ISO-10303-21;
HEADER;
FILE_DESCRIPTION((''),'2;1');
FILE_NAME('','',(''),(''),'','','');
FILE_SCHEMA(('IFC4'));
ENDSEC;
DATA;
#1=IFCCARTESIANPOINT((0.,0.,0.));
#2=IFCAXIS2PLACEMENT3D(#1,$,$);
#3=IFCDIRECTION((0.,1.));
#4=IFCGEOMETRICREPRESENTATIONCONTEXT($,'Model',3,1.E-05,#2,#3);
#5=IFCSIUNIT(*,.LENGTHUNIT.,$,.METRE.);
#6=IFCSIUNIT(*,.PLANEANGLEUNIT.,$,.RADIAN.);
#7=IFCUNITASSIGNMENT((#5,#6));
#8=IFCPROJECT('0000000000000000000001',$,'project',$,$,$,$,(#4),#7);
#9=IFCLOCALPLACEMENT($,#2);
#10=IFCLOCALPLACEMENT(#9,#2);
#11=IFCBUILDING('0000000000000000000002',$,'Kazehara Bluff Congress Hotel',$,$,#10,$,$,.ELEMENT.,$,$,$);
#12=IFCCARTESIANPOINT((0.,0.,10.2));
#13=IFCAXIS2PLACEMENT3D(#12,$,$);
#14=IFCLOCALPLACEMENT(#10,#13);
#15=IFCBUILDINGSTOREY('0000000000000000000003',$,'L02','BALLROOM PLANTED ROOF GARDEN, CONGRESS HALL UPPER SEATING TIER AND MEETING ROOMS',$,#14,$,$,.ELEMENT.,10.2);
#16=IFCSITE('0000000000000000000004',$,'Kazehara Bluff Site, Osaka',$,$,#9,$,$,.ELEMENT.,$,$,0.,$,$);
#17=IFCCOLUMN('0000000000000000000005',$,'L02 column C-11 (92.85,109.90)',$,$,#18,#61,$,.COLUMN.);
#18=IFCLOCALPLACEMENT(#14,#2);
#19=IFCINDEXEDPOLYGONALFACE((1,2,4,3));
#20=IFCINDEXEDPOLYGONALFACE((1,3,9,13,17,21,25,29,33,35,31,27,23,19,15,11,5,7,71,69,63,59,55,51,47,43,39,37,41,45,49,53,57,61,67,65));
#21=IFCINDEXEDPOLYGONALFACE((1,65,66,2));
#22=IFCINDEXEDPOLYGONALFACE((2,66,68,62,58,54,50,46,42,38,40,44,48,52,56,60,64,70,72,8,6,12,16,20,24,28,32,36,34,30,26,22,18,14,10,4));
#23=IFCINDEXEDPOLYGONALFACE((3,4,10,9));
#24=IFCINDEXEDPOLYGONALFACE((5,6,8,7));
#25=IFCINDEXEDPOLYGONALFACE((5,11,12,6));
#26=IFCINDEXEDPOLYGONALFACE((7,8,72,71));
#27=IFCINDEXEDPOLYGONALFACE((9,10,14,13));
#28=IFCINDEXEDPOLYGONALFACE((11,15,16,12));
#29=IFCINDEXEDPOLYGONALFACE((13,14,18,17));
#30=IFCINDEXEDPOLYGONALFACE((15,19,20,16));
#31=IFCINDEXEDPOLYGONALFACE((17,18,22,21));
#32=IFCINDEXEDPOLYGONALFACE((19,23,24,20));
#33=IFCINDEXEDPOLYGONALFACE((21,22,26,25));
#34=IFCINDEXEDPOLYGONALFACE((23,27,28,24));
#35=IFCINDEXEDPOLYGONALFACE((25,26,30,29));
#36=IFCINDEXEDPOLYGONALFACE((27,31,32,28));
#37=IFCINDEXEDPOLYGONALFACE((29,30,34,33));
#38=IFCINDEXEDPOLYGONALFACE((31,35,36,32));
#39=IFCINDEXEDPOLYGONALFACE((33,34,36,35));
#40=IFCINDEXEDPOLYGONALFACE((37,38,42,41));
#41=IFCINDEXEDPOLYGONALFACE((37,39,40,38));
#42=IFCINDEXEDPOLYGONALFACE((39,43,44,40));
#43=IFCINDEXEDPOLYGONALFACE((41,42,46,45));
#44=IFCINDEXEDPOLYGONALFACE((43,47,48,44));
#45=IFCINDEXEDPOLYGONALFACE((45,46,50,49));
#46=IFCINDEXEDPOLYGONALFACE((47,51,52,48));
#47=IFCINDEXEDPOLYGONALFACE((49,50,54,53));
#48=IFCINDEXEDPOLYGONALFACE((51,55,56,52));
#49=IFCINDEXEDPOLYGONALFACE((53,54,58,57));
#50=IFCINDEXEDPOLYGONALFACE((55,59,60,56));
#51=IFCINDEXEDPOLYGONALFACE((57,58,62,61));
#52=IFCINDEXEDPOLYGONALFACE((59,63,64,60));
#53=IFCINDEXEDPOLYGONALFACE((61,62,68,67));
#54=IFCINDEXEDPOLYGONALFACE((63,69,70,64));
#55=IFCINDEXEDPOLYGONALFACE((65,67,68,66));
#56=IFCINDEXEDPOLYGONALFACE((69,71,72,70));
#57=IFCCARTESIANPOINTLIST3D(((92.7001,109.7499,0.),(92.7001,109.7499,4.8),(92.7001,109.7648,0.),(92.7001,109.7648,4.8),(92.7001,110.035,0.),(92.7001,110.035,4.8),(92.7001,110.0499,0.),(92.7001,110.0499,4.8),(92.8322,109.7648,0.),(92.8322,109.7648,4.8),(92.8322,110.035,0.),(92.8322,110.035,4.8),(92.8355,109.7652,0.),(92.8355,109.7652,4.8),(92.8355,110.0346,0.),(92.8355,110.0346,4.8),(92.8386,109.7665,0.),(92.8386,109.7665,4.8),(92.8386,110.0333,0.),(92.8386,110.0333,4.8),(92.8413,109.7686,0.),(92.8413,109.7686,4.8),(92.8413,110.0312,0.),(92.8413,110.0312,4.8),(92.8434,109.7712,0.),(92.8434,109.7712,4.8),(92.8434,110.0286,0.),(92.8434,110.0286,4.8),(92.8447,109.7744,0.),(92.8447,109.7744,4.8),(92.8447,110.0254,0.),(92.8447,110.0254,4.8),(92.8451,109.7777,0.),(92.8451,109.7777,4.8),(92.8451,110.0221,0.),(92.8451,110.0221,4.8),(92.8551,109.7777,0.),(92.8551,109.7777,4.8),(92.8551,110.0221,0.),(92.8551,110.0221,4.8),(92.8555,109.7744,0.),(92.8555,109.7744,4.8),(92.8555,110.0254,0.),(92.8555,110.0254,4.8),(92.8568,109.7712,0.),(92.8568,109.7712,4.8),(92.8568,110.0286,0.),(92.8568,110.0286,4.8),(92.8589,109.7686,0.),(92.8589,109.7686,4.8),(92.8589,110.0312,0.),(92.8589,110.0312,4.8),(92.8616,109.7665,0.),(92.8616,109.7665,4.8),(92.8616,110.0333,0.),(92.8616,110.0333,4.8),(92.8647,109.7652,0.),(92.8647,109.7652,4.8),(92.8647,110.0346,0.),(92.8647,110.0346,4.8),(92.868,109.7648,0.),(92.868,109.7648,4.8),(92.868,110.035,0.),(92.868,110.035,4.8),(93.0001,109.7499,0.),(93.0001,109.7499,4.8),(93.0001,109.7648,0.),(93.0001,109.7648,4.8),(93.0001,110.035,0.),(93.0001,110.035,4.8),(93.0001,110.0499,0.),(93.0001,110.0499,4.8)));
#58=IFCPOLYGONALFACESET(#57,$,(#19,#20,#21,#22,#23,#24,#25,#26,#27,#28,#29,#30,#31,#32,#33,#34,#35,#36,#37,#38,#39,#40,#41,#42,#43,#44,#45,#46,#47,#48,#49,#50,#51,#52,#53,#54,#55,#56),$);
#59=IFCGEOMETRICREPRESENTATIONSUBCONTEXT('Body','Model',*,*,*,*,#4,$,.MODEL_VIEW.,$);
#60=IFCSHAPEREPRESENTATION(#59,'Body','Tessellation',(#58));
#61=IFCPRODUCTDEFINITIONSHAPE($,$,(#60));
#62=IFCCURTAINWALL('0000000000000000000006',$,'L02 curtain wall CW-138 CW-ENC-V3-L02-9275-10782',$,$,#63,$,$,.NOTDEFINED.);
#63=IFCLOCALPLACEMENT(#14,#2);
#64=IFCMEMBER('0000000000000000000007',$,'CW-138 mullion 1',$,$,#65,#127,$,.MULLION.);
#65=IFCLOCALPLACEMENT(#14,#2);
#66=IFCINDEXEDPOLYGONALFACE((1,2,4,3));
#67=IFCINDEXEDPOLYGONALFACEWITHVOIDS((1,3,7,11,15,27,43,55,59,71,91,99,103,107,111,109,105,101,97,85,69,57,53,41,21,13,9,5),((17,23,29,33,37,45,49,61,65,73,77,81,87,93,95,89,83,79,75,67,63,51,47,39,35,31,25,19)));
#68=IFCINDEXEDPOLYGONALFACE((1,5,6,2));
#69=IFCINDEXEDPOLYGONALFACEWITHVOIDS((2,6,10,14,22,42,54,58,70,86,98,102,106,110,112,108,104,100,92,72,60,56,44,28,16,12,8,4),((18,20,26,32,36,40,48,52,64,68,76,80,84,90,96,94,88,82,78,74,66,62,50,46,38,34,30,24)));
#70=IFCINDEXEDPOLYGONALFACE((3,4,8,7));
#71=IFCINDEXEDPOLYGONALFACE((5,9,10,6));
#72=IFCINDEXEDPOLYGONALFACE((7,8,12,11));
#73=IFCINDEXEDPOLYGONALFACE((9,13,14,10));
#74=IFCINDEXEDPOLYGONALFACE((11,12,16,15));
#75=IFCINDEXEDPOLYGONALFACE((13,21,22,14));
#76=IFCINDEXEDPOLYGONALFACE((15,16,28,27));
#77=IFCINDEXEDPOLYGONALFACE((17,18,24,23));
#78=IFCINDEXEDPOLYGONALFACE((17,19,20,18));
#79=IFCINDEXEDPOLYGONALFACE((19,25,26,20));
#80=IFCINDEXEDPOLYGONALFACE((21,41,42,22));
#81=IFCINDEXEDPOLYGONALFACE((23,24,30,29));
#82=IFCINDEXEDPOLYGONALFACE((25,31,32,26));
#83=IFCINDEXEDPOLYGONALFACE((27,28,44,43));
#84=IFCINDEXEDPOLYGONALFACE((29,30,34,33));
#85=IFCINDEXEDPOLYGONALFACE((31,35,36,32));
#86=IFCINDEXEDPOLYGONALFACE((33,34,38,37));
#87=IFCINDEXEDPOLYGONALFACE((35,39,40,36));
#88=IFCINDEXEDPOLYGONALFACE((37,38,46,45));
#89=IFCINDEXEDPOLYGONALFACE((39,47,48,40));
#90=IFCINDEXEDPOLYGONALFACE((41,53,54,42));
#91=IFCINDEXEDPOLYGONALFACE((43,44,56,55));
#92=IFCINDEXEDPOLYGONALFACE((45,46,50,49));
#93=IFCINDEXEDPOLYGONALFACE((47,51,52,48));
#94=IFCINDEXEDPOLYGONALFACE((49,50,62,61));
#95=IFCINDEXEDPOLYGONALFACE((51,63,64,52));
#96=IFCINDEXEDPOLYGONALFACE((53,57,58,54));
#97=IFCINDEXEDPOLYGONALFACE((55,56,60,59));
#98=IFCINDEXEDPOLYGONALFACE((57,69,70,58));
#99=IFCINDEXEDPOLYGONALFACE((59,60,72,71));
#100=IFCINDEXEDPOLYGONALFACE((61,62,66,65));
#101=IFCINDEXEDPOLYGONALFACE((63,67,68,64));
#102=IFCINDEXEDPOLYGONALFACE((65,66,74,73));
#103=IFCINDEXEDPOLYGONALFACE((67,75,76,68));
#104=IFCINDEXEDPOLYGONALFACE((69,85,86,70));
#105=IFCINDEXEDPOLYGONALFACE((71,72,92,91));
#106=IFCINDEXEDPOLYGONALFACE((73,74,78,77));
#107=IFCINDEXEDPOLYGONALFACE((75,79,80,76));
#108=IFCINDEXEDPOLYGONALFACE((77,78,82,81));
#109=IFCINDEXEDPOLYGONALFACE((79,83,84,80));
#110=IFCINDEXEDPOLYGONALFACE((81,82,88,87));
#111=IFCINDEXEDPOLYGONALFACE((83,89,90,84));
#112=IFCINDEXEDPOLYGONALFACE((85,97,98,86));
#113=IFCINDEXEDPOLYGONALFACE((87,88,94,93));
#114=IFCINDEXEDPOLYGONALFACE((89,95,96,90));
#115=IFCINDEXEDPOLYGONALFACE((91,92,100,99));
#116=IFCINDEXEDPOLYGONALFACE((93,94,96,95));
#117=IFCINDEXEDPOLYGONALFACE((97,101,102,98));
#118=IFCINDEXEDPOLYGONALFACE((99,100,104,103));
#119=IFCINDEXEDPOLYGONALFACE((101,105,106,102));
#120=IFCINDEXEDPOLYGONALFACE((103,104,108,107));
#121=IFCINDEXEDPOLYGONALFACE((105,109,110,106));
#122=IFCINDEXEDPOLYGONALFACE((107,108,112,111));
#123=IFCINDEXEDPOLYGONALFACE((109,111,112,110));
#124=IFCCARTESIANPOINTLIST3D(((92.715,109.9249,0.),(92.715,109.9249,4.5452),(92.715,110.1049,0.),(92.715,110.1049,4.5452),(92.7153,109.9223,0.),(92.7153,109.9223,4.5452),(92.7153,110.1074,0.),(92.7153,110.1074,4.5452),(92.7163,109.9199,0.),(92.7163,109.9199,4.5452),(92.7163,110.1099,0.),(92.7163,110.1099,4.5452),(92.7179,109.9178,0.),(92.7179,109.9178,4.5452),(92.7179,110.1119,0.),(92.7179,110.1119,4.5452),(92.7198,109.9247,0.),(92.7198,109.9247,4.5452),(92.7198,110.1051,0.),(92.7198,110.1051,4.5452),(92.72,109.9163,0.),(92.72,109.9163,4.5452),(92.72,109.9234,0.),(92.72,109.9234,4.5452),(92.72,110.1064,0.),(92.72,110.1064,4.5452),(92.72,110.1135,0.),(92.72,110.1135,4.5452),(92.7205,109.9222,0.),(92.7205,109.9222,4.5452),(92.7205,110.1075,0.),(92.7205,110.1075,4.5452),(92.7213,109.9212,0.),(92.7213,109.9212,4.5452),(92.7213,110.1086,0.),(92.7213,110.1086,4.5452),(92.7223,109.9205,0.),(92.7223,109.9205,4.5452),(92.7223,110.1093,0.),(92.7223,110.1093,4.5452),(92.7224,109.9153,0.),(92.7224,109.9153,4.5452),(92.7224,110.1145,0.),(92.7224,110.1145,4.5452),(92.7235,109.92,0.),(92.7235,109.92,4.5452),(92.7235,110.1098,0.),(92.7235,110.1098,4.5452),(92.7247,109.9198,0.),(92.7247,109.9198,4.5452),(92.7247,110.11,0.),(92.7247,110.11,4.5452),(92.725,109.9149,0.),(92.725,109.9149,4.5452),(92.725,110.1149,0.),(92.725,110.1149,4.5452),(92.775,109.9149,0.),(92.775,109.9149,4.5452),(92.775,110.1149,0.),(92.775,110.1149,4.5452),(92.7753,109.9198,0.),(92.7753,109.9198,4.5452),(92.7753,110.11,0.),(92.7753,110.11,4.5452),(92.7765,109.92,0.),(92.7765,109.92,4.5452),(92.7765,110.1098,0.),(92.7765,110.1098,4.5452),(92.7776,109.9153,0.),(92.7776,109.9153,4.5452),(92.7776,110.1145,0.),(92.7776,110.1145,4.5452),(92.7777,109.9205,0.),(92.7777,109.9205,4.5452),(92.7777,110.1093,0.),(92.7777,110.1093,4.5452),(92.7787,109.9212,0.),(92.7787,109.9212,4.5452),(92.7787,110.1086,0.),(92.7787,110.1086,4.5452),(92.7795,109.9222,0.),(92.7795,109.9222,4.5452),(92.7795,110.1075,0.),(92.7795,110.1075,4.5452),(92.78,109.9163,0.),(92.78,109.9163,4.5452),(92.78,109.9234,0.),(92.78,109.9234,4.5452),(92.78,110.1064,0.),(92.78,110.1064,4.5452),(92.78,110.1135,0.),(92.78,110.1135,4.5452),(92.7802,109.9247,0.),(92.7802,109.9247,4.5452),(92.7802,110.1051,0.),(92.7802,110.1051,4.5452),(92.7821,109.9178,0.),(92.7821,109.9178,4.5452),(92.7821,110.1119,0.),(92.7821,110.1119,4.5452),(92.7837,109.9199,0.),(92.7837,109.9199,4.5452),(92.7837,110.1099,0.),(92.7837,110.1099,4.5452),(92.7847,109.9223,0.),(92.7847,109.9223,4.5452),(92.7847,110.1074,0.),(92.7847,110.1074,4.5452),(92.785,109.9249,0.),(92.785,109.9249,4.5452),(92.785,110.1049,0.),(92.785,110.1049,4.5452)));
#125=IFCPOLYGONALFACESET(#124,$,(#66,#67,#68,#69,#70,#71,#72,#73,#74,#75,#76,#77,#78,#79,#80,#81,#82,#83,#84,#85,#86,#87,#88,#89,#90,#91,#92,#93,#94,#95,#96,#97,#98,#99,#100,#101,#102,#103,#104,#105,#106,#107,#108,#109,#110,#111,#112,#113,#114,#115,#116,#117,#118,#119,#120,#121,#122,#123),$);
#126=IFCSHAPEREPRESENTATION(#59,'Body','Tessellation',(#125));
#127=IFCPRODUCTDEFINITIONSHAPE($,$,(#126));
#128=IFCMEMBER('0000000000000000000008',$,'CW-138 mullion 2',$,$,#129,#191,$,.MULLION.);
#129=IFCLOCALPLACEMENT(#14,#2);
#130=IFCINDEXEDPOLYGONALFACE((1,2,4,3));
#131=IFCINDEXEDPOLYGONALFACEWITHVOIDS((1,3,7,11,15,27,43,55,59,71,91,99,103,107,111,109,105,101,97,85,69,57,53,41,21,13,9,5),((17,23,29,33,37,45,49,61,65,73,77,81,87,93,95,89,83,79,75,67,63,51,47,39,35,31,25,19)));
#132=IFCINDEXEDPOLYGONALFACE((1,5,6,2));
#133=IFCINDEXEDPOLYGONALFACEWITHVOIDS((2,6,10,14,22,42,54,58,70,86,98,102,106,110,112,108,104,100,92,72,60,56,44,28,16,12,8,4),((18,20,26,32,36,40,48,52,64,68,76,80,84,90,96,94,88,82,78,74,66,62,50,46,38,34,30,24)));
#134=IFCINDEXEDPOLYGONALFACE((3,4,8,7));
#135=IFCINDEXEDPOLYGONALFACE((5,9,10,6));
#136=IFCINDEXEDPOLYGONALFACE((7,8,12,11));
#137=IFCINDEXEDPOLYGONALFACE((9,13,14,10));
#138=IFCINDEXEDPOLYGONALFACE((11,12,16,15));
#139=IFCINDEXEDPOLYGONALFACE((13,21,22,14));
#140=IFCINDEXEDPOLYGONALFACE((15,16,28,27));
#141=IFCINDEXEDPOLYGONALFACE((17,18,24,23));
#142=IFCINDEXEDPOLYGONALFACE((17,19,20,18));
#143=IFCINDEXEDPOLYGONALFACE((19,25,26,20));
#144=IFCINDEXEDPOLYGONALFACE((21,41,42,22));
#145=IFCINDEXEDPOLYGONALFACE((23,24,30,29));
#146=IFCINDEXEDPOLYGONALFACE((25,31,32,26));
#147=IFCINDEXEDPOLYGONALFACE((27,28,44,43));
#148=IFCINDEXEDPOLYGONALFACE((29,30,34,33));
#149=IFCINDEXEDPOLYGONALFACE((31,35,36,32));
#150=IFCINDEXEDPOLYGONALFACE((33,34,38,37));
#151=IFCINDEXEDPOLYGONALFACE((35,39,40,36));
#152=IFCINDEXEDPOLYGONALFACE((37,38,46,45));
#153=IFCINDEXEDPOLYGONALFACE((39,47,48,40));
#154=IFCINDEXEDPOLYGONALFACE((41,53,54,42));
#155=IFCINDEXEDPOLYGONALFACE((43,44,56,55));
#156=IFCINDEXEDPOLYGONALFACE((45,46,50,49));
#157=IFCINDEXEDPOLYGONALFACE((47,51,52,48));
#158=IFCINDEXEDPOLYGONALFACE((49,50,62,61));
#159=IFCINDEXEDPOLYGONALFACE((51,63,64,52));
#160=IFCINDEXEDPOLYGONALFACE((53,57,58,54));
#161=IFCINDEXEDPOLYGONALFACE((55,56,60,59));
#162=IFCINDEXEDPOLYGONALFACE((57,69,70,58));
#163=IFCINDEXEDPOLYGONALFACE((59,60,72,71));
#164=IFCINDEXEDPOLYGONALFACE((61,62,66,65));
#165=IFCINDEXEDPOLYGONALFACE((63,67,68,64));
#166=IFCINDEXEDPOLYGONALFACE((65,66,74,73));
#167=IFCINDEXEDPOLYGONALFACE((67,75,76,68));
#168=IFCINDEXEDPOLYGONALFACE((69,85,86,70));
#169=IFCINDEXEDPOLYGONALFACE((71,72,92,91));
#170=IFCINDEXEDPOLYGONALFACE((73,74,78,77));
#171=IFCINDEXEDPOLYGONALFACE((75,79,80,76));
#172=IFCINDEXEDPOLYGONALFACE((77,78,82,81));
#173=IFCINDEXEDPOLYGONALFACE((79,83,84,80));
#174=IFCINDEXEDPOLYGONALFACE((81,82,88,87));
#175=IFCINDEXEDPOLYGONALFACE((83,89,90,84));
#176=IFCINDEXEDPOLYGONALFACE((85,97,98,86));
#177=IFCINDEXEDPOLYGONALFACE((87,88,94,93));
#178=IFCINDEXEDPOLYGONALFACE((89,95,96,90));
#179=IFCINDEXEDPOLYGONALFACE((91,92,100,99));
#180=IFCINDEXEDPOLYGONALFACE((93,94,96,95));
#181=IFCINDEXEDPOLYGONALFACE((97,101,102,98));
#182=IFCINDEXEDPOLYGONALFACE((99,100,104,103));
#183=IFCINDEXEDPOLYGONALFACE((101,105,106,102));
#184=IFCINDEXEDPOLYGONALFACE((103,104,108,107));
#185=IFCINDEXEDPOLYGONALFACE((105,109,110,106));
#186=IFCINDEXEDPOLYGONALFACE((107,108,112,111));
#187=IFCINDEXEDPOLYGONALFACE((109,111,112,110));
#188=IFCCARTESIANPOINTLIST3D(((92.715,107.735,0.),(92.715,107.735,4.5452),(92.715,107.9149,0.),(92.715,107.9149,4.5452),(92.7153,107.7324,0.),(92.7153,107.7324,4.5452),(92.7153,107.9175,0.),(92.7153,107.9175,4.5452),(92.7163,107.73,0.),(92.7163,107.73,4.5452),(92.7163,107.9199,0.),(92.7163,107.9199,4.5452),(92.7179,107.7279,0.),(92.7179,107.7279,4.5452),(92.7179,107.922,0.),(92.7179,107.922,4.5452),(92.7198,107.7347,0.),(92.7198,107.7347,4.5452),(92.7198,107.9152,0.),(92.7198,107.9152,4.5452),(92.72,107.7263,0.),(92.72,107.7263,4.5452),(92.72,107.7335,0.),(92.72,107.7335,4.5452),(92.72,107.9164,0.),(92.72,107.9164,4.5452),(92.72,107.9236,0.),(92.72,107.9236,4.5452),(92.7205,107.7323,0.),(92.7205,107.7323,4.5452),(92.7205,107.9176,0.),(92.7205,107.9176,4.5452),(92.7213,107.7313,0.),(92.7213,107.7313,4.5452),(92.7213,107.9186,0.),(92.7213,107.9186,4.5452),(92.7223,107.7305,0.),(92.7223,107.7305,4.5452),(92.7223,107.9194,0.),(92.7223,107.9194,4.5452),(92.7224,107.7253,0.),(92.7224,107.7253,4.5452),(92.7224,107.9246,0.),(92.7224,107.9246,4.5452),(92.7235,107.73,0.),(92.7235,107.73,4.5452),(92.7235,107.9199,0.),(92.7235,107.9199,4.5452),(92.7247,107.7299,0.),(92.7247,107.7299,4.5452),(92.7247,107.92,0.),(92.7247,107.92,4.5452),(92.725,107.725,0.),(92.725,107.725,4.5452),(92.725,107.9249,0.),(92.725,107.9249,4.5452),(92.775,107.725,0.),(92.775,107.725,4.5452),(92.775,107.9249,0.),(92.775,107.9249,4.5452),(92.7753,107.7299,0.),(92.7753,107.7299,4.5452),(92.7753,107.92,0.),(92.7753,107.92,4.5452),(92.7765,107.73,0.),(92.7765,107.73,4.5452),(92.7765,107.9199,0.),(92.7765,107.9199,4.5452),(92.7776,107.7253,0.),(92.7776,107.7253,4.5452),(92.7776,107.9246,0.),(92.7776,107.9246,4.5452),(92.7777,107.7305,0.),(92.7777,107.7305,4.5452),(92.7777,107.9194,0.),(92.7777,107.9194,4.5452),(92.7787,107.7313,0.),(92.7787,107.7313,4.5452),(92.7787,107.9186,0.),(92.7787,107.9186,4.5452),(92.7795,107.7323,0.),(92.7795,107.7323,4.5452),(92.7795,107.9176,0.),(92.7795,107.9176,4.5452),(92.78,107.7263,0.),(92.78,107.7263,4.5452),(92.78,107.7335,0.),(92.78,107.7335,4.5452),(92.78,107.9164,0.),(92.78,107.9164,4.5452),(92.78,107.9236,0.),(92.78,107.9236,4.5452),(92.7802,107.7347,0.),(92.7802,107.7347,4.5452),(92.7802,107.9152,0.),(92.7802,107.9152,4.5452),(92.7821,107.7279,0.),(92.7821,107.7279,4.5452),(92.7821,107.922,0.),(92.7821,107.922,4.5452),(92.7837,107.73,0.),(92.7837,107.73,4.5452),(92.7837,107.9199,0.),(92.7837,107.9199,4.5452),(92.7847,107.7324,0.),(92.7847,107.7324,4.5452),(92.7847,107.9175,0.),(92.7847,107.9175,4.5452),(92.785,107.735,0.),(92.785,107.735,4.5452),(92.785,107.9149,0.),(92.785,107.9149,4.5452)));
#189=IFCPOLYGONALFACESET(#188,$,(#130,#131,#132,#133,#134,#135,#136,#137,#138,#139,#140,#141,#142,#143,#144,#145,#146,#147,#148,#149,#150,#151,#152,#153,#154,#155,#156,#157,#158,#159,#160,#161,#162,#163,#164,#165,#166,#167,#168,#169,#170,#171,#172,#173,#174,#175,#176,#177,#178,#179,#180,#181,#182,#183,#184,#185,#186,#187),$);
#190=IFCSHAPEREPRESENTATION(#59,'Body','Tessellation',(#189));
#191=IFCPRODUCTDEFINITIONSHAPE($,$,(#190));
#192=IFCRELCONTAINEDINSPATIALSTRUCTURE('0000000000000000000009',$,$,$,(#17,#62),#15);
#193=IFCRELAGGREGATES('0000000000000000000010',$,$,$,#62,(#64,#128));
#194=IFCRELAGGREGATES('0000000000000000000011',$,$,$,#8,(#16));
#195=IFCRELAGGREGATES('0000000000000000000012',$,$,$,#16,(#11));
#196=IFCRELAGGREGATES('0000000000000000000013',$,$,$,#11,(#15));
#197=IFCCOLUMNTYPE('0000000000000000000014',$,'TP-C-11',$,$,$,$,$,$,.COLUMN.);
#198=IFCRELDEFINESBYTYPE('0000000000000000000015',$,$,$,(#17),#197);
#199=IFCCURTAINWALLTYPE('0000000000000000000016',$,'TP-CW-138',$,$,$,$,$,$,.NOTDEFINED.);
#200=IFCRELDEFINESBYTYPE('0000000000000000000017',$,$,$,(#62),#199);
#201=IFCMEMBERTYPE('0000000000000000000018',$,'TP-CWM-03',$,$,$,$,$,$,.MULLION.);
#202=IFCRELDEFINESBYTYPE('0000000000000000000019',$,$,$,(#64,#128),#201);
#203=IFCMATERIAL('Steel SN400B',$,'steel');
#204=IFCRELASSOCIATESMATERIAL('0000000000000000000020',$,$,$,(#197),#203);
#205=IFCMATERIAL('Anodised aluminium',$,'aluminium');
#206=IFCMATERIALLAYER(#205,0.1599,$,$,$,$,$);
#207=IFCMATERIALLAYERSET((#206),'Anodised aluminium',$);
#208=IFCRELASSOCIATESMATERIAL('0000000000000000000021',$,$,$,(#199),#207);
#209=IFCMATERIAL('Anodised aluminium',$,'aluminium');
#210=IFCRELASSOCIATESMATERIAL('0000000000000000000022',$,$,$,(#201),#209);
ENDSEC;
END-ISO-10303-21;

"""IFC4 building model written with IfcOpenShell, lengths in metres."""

from ifc_helpers import new_model, si_unit, direction, frame, origin, origin_2d, place, context, subcontext, project, spatial, hollow_rectangle, i_section, extrude, material, layer, layer_set, material_profile, profile_set, type_object, element, aggregate, save


model = new_model("IFC4")

# Units and contexts
model_context = context("Model", 3, precision=1e-05, world=origin(), true_north=direction((0.0, 1.0)))
body_context = subcontext(model_context, "Body", "Model", "MODEL_VIEW")
ifc_project = project(units=[si_unit("LENGTHUNIT", "METRE"), si_unit("PLANEANGLEUNIT", "RADIAN")], contexts=[model_context])

# Site, building, storey
site_placement = place(None, origin())
site = spatial("IfcSite", under=ifc_project, at=site_placement, Name="Kazehara Bluff Site, Osaka", CompositionType="ELEMENT", RefElevation=0.0)
building_placement = place(site_placement, origin())
building = spatial("IfcBuilding", under=site, at=building_placement, Name="Kazehara Bluff Congress Hotel", CompositionType="ELEMENT")
storey_placement = place(building_placement, frame((0.0, 0.0, 10.2)))
storey = spatial("IfcBuildingStorey", under=building, at=storey_placement, Name="L02", Description="BALLROOM PLANTED ROOF GARDEN, CONGRESS HALL UPPER SEATING TIER AND MEETING ROOMS", CompositionType="ELEMENT", Elevation=10.2)

# Column
ifc_material_1 = material(Name="Steel SN400B", Category="steel")
ifc_material_profile_1 = material_profile(ifc_material_1, i_section(OverallWidth=0.3, OverallDepth=0.3, WebThickness=0.01, FlangeThickness=0.0149, FilletRadius=0.0129, at=origin_2d()))
ifc_profile_set_1 = profile_set([ifc_material_profile_1], Name="Steel SN400B")
column_type = type_object("IfcColumnType", Name="TP-C-11", PredefinedType="COLUMN", material=ifc_profile_set_1)
for number, where, z_axis, x_axis, name in (
    (1, (92.8501, 109.8999, 0.0), (0.0, 0.0, 1.0), (1.0, 0.0, 0.0), "L02 column C-11 (92.85,109.90)"),
):
    element("IfcColumn", number, at=place(storey_placement, frame(where, z_axis=z_axis, x_axis=x_axis)), inside=storey, type_object=column_type, Name=name, PredefinedType="COLUMN", context=body_context, shape_type="SweptSolid", body=[
        extrude(i_section(OverallWidth=0.3, OverallDepth=0.3, WebThickness=0.01, FlangeThickness=0.0149, FilletRadius=0.0129, at=origin_2d()), origin(), (0.0, 0.0, 1.0), 4.8),
    ])

# Curtain wall, members
ifc_material_2 = material(Name="Anodised aluminium", Category="aluminium")
ifc_layer_1 = layer(ifc_material_2, 0.1599)
ifc_layer_set_1 = layer_set([ifc_layer_1], Name="Anodised aluminium")
curtain_wall_type = type_object("IfcCurtainWallType", Name="TP-CW-138", PredefinedType="NOTDEFINED", material=ifc_layer_set_1)
curtain_wall_placement = place(storey_placement, origin())
curtain_wall = element("IfcCurtainWall", 2, at=curtain_wall_placement, inside=storey, type_object=curtain_wall_type, Name="L02 curtain wall CW-138 CW-ENC-V3-L02-9275-10782", PredefinedType="NOTDEFINED")
ifc_material_3 = material(Name="Anodised aluminium", Category="aluminium")
ifc_material_profile_2 = material_profile(ifc_material_3, hollow_rectangle(XDim=0.0701, YDim=0.2, WallThickness=0.0049, InnerFilletRadius=0.0049, OuterFilletRadius=0.01, at=origin_2d()))
ifc_profile_set_2 = profile_set([ifc_material_profile_2], Name="Anodised aluminium")
member_type_1 = type_object("IfcMemberType", Name="TP-CWM-03", PredefinedType="MULLION", material=ifc_profile_set_2)
member_1_placement = place(storey_placement, frame((92.75, 110.0149, 0.0), z_axis=(0.0, 0.0, 1.0), x_axis=(1.0, 0.0, 0.0)))
member_1 = element("IfcMember", 3, at=member_1_placement, type_object=member_type_1, Name="CW-138 mullion 1", PredefinedType="MULLION", context=body_context, shape_type="SweptSolid", body=[
    extrude(hollow_rectangle(XDim=0.0701, YDim=0.2, WallThickness=0.0049, InnerFilletRadius=0.0049, OuterFilletRadius=0.01, at=origin_2d()), origin(), (0.0, 0.0, 1.0), 4.5452),
])
member_2_placement = place(storey_placement, frame((92.75, 107.825, 0.0), z_axis=(0.0, 0.0, 1.0), x_axis=(1.0, 0.0, 0.0)))
member_2 = element("IfcMember", 4, at=member_2_placement, type_object=member_type_1, Name="CW-138 mullion 2", PredefinedType="MULLION", context=body_context, shape_type="SweptSolid", body=[
    extrude(hollow_rectangle(XDim=0.0701, YDim=0.2, WallThickness=0.0049, InnerFilletRadius=0.0049, OuterFilletRadius=0.01, at=origin_2d()), origin(), (0.0, 0.0, 1.0), 4.5452),
])
aggregate(curtain_wall, [member_1, member_2])

save(model, "model.ifc")
